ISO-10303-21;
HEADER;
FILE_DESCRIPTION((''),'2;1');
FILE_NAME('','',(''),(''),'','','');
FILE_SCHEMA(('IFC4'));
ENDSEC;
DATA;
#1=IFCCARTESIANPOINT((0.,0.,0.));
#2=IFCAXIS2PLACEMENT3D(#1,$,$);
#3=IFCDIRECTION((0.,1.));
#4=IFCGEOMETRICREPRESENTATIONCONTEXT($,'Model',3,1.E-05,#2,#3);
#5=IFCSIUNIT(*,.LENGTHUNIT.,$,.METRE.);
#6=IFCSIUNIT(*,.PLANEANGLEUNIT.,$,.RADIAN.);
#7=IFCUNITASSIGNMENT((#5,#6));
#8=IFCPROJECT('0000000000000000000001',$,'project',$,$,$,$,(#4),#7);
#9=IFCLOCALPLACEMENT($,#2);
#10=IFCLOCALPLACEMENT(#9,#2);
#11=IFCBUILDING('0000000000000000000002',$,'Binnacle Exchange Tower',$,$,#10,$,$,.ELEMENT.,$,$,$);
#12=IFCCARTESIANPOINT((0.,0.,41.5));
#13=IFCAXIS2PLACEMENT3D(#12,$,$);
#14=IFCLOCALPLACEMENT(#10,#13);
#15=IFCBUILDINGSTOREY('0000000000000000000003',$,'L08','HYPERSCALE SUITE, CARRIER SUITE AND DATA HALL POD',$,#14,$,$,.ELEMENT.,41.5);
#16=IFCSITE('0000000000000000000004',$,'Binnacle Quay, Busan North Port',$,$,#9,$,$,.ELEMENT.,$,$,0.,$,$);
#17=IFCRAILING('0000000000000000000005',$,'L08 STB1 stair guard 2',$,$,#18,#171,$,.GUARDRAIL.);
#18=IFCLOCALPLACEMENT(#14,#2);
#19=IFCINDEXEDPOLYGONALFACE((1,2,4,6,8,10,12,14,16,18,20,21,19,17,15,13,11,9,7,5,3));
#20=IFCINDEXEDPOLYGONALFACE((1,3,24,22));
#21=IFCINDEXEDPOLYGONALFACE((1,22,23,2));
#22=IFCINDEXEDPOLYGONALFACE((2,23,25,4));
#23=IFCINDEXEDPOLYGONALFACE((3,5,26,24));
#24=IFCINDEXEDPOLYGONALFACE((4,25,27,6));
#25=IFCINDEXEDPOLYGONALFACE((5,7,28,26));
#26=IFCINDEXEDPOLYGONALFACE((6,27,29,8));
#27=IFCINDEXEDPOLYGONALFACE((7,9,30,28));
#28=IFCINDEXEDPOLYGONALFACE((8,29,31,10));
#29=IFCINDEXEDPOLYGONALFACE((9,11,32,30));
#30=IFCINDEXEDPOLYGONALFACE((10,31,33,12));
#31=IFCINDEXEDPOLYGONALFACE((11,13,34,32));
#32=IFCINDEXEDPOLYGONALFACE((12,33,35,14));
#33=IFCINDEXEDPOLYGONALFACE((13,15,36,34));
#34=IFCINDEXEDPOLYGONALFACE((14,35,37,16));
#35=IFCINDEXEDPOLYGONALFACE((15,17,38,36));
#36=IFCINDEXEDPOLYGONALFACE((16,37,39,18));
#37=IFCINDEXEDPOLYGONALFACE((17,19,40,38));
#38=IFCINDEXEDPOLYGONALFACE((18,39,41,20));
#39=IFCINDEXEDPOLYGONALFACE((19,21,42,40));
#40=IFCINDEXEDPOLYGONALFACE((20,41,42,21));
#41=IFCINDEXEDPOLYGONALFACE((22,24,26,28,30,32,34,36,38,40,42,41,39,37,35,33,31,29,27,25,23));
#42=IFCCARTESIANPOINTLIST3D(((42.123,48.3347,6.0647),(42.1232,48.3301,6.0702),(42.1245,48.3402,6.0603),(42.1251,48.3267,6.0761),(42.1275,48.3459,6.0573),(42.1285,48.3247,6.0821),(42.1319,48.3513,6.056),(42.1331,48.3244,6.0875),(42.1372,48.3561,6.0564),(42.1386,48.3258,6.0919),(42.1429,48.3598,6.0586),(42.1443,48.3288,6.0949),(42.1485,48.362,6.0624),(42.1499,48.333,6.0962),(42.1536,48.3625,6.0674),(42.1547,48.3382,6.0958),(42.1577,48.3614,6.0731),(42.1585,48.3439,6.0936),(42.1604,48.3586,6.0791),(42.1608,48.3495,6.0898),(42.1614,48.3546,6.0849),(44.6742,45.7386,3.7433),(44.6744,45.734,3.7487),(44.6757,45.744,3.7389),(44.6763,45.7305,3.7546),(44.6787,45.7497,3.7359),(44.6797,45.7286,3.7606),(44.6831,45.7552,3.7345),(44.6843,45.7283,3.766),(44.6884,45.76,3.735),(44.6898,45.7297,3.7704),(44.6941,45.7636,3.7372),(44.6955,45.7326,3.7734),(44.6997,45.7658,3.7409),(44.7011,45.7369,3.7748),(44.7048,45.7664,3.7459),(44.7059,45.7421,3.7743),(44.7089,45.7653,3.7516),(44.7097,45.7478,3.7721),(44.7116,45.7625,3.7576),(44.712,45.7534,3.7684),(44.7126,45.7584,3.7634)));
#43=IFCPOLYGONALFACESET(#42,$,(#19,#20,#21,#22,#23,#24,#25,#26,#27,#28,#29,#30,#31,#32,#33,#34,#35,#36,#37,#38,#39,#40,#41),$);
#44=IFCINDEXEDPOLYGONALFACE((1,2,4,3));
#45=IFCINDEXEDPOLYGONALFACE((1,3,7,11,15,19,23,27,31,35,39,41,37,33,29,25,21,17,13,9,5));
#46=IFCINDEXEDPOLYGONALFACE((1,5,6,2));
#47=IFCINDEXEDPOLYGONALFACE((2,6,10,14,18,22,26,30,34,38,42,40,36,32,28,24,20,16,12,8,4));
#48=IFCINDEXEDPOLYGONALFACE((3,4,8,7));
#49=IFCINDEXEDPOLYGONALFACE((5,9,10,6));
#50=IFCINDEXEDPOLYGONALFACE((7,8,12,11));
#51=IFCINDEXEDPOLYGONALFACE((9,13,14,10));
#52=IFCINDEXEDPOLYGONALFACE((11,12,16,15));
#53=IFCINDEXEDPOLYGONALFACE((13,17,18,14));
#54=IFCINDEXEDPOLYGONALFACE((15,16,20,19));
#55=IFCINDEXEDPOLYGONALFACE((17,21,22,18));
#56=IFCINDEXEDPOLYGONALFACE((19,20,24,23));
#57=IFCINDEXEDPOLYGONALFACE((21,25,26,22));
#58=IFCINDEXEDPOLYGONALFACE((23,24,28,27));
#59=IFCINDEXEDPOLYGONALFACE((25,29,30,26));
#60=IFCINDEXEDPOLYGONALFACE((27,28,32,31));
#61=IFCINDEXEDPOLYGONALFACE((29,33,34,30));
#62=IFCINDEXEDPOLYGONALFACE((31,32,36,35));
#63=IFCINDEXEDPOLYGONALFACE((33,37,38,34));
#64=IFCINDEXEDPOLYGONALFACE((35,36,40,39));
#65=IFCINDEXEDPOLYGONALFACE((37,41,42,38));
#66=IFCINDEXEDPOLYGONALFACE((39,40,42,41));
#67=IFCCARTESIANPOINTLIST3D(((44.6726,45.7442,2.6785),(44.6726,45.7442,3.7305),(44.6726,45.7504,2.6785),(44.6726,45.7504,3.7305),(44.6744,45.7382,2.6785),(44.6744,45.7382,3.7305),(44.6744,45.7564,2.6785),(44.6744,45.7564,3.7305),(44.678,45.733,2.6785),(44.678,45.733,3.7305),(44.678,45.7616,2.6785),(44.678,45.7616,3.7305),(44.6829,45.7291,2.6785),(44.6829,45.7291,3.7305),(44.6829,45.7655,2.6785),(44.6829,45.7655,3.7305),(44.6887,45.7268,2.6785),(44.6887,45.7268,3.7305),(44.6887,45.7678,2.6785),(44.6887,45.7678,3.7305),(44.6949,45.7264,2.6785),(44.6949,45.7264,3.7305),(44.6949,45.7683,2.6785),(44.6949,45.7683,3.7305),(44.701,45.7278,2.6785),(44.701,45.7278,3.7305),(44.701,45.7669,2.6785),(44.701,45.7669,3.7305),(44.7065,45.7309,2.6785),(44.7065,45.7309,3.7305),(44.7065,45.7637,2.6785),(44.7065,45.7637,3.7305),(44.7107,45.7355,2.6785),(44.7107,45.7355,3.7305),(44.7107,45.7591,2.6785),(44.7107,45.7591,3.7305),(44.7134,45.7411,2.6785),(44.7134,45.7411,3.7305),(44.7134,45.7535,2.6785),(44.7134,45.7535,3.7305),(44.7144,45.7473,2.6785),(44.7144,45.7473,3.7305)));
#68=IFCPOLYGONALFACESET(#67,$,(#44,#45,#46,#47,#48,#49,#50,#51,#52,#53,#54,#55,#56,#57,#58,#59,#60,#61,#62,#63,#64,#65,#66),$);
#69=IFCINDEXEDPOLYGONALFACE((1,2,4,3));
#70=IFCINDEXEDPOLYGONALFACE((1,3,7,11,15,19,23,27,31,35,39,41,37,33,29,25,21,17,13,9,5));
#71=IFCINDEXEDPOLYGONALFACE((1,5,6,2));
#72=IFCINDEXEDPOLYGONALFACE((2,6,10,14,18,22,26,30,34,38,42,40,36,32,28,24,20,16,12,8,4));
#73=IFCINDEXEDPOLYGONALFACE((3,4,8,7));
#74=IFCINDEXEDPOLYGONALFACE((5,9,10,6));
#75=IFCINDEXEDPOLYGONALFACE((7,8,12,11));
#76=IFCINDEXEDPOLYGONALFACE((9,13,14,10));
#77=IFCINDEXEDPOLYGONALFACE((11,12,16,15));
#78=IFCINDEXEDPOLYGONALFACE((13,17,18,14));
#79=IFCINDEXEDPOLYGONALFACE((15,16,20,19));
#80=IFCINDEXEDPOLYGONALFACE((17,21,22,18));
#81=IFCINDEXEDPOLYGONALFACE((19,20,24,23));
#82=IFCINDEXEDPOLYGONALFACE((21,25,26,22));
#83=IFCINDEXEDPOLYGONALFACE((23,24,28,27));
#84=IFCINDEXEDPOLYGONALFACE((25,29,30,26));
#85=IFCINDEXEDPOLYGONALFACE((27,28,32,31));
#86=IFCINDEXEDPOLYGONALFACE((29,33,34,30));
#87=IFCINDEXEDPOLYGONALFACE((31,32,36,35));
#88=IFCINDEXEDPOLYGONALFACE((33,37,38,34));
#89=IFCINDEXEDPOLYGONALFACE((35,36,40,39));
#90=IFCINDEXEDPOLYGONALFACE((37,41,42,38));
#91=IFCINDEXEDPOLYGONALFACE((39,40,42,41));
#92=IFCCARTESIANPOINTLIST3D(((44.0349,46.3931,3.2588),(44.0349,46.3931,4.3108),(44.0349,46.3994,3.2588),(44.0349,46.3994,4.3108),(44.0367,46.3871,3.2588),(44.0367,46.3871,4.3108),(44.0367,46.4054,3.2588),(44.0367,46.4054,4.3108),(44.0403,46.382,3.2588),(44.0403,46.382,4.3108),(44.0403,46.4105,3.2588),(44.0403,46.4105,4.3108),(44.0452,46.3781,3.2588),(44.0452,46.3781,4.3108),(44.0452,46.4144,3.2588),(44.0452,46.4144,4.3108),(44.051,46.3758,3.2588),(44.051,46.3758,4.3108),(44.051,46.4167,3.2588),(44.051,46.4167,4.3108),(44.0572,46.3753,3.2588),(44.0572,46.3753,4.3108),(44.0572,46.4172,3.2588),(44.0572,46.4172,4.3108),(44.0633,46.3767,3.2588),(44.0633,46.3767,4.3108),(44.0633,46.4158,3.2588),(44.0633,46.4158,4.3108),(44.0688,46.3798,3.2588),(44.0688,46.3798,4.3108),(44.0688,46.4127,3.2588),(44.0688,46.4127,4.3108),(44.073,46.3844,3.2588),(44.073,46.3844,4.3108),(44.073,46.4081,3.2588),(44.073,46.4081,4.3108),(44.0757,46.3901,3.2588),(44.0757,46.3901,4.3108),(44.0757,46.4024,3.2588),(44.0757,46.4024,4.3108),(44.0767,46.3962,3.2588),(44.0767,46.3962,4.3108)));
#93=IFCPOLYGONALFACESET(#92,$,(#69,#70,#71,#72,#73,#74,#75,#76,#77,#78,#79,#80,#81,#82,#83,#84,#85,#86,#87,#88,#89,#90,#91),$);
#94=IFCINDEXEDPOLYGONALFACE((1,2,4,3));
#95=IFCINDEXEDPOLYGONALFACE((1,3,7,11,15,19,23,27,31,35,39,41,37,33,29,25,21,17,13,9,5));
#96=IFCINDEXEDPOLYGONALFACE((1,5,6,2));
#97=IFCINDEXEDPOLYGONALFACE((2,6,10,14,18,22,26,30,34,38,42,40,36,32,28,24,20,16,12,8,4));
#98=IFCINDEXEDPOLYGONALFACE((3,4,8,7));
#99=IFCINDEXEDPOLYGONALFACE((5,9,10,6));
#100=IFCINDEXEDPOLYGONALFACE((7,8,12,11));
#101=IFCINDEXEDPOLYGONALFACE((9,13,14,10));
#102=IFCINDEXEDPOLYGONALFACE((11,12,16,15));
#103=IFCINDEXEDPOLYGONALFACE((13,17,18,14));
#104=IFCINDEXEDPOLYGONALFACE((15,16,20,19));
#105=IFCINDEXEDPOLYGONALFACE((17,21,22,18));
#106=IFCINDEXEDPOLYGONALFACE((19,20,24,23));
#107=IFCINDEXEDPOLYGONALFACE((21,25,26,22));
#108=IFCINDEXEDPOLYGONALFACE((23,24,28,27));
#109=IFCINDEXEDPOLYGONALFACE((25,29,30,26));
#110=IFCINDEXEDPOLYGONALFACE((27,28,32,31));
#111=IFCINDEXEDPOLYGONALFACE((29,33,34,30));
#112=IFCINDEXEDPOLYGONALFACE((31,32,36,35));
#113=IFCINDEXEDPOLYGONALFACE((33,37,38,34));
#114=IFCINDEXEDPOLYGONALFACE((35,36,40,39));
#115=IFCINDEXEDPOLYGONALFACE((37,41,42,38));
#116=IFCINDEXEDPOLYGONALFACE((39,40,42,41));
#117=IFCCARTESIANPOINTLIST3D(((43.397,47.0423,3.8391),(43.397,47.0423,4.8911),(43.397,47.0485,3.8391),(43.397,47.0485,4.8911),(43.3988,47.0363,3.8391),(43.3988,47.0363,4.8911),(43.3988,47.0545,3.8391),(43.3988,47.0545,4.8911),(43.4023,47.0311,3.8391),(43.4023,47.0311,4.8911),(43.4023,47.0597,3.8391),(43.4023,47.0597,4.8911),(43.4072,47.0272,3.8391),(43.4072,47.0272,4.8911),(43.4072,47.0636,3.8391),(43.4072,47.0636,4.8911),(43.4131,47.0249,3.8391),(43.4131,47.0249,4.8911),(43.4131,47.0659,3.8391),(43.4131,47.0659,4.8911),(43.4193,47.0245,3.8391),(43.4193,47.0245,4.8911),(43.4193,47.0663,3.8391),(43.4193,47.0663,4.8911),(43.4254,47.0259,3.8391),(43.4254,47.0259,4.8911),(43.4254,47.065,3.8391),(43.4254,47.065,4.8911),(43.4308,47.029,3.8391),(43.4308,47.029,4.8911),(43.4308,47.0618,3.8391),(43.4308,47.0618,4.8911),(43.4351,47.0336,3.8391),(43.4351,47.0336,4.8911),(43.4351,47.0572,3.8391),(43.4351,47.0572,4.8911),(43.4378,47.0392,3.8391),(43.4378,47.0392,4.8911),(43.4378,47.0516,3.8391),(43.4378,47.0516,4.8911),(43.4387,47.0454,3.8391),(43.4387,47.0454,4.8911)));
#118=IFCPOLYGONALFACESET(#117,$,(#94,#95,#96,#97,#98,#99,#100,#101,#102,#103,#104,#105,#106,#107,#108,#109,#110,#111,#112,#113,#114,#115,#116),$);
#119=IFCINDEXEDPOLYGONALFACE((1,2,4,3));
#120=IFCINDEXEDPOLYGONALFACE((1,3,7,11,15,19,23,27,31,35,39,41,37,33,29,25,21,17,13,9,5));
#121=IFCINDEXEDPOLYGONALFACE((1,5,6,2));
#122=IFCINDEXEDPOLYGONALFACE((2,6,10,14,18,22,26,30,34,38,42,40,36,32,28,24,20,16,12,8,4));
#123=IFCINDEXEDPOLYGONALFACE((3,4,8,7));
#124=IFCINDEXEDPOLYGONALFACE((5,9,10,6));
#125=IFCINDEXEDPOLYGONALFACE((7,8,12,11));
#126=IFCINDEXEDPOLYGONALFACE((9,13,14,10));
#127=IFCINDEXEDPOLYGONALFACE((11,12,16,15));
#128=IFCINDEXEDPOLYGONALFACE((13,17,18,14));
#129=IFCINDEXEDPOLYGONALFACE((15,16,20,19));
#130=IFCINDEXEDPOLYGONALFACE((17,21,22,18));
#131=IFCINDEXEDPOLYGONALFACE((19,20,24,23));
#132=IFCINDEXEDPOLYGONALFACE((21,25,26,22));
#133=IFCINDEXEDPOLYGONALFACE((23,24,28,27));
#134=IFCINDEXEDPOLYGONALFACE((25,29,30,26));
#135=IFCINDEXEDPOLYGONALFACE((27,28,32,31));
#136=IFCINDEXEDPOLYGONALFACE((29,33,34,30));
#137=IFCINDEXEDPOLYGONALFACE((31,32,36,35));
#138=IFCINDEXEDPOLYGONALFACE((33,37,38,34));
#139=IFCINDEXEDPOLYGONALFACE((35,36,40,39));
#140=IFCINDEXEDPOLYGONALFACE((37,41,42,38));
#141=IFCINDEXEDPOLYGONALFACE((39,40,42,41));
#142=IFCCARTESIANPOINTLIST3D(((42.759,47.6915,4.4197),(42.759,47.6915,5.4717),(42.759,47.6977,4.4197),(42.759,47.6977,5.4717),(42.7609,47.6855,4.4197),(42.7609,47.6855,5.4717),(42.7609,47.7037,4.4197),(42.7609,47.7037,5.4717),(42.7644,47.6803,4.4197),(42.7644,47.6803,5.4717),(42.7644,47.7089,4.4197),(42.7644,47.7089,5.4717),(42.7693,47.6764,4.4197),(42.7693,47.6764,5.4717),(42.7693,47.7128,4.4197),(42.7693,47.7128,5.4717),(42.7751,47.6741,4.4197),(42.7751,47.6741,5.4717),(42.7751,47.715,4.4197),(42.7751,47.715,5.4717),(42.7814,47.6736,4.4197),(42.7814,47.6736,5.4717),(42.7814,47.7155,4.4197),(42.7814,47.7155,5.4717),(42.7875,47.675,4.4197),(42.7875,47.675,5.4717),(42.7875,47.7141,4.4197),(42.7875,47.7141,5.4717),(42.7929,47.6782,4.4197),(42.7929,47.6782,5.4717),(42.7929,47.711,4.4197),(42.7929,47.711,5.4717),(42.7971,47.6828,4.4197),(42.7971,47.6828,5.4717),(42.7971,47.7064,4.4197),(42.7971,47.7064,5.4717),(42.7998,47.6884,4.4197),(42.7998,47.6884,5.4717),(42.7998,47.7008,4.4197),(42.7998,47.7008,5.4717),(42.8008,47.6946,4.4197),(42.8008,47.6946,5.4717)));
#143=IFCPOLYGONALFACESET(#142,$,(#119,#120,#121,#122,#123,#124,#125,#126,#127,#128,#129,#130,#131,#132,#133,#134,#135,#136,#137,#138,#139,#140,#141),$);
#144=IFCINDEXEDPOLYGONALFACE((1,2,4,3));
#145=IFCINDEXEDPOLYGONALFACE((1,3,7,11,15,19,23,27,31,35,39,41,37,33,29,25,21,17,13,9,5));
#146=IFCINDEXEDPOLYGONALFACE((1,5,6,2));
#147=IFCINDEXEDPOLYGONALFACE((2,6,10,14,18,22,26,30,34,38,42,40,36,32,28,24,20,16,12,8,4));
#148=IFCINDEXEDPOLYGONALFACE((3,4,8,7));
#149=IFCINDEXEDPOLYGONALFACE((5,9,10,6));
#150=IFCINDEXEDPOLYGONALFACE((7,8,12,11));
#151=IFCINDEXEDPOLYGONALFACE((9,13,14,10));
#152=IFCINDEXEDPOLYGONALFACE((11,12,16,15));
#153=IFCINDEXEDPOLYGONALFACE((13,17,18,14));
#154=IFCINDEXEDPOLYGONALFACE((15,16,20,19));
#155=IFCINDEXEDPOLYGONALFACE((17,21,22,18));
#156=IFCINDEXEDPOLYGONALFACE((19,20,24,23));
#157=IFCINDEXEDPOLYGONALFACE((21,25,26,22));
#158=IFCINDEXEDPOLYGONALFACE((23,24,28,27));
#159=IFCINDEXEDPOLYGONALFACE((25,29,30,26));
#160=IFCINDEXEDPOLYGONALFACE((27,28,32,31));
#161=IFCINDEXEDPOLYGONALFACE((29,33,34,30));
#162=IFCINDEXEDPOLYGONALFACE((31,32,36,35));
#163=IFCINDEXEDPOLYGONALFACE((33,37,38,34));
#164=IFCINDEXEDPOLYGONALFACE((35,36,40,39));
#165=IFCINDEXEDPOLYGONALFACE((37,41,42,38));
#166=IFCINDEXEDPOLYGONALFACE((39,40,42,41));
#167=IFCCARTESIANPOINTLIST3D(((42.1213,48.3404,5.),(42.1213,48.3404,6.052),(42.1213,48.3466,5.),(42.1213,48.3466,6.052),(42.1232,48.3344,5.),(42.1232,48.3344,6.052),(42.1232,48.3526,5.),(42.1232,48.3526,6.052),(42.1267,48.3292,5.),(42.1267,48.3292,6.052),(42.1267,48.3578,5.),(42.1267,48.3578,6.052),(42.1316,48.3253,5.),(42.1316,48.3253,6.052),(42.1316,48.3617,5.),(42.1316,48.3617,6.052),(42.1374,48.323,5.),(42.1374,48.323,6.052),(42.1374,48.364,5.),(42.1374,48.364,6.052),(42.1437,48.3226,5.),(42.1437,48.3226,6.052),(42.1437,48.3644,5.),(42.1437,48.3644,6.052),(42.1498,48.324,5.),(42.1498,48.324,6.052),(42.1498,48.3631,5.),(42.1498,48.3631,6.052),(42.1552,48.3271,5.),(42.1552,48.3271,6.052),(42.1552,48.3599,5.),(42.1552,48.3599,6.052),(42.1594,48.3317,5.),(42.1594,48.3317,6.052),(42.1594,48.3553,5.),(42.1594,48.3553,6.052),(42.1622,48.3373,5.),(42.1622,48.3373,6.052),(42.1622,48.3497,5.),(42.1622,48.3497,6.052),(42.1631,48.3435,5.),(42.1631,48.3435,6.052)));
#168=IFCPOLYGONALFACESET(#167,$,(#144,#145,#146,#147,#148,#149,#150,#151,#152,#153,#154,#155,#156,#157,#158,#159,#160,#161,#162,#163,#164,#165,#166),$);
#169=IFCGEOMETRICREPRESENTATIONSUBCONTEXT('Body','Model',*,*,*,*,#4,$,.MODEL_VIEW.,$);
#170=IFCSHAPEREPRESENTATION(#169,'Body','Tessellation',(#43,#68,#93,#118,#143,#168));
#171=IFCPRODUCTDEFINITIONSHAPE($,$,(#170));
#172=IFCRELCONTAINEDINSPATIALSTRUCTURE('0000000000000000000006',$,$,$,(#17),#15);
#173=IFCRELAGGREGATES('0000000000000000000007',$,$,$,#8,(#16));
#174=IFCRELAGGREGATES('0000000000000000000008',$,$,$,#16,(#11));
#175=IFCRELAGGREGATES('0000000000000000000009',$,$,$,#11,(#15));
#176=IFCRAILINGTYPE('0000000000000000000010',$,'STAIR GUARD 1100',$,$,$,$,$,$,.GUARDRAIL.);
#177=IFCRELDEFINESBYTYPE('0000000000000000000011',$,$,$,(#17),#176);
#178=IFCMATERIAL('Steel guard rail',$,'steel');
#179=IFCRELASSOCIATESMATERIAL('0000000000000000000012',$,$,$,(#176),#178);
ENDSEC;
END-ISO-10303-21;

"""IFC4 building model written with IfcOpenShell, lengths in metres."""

from ifc_helpers import new_model, si_unit, direction, frame, origin, origin_2d, place, context, subcontext, project, spatial, circle, extrude, material, type_object, element, save


model = new_model("IFC4")

# Units and contexts
model_context = context("Model", 3, precision=1e-05, world=origin(), true_north=direction((0.0, 1.0)))
body_context = subcontext(model_context, "Body", "Model", "MODEL_VIEW")
ifc_project = project(units=[si_unit("LENGTHUNIT", "METRE"), si_unit("PLANEANGLEUNIT", "RADIAN")], contexts=[model_context])

# Site, building, storey
site_placement = place(None, origin())
site = spatial("IfcSite", under=ifc_project, at=site_placement, Name="Binnacle Quay, Busan North Port", CompositionType="ELEMENT", RefElevation=0.0)
building_placement = place(site_placement, origin())
building = spatial("IfcBuilding", under=site, at=building_placement, Name="Binnacle Exchange Tower", CompositionType="ELEMENT")
storey_placement = place(building_placement, frame((0.0, 0.0, 41.5)))
storey = spatial("IfcBuildingStorey", under=building, at=storey_placement, Name="L08", Description="HYPERSCALE SUITE, CARRIER SUITE AND DATA HALL POD", CompositionType="ELEMENT", Elevation=41.5)

# Railing
ifc_material_1 = material(Name="Steel guard rail", Category="steel")
railing_type_1 = type_object("IfcRailingType", Name="STAIR GUARD 1100", PredefinedType="GUARDRAIL", material=ifc_material_1)
railing_1_placement = place(storey_placement, frame((44.6934, 45.7473, 2.6785)))
element("IfcRailing", 1, at=railing_1_placement, inside=storey, type_object=railing_type_1, Name="L08 STB1 stair guard 2", PredefinedType="GUARDRAIL", context=body_context, shape_type="SweptSolid", body=[
    extrude(circle(Radius=0.0239, at=origin_2d()), frame((0.0, 0.0, 1.0762), z_axis=(-0.590947, 0.601352, 0.537733), x_axis=(-0.713251, -0.700909, 0.0)), (0.0, 0.0, 1.0), 4.3171),
    extrude(circle(Radius=0.021, at=origin_2d()), origin(), (0.0, 0.0, 1.0), 1.052),
    extrude(circle(Radius=0.021, at=origin_2d()), frame((-0.6377, 0.6489, 0.5803)), (0.0, 0.0, 1.0), 1.052),
    extrude(circle(Radius=0.021, at=origin_2d()), frame((-1.2756, 1.2981, 1.1606)), (0.0, 0.0, 1.0), 1.052),
    extrude(circle(Radius=0.021, at=origin_2d()), frame((-1.9136, 1.9473, 1.7412)), (0.0, 0.0, 1.0), 1.052),
    extrude(circle(Radius=0.021, at=origin_2d()), frame((-2.5513, 2.5962, 2.3215)), (0.0, 0.0, 1.0), 1.052),
])

save(model, "model.ifc")
